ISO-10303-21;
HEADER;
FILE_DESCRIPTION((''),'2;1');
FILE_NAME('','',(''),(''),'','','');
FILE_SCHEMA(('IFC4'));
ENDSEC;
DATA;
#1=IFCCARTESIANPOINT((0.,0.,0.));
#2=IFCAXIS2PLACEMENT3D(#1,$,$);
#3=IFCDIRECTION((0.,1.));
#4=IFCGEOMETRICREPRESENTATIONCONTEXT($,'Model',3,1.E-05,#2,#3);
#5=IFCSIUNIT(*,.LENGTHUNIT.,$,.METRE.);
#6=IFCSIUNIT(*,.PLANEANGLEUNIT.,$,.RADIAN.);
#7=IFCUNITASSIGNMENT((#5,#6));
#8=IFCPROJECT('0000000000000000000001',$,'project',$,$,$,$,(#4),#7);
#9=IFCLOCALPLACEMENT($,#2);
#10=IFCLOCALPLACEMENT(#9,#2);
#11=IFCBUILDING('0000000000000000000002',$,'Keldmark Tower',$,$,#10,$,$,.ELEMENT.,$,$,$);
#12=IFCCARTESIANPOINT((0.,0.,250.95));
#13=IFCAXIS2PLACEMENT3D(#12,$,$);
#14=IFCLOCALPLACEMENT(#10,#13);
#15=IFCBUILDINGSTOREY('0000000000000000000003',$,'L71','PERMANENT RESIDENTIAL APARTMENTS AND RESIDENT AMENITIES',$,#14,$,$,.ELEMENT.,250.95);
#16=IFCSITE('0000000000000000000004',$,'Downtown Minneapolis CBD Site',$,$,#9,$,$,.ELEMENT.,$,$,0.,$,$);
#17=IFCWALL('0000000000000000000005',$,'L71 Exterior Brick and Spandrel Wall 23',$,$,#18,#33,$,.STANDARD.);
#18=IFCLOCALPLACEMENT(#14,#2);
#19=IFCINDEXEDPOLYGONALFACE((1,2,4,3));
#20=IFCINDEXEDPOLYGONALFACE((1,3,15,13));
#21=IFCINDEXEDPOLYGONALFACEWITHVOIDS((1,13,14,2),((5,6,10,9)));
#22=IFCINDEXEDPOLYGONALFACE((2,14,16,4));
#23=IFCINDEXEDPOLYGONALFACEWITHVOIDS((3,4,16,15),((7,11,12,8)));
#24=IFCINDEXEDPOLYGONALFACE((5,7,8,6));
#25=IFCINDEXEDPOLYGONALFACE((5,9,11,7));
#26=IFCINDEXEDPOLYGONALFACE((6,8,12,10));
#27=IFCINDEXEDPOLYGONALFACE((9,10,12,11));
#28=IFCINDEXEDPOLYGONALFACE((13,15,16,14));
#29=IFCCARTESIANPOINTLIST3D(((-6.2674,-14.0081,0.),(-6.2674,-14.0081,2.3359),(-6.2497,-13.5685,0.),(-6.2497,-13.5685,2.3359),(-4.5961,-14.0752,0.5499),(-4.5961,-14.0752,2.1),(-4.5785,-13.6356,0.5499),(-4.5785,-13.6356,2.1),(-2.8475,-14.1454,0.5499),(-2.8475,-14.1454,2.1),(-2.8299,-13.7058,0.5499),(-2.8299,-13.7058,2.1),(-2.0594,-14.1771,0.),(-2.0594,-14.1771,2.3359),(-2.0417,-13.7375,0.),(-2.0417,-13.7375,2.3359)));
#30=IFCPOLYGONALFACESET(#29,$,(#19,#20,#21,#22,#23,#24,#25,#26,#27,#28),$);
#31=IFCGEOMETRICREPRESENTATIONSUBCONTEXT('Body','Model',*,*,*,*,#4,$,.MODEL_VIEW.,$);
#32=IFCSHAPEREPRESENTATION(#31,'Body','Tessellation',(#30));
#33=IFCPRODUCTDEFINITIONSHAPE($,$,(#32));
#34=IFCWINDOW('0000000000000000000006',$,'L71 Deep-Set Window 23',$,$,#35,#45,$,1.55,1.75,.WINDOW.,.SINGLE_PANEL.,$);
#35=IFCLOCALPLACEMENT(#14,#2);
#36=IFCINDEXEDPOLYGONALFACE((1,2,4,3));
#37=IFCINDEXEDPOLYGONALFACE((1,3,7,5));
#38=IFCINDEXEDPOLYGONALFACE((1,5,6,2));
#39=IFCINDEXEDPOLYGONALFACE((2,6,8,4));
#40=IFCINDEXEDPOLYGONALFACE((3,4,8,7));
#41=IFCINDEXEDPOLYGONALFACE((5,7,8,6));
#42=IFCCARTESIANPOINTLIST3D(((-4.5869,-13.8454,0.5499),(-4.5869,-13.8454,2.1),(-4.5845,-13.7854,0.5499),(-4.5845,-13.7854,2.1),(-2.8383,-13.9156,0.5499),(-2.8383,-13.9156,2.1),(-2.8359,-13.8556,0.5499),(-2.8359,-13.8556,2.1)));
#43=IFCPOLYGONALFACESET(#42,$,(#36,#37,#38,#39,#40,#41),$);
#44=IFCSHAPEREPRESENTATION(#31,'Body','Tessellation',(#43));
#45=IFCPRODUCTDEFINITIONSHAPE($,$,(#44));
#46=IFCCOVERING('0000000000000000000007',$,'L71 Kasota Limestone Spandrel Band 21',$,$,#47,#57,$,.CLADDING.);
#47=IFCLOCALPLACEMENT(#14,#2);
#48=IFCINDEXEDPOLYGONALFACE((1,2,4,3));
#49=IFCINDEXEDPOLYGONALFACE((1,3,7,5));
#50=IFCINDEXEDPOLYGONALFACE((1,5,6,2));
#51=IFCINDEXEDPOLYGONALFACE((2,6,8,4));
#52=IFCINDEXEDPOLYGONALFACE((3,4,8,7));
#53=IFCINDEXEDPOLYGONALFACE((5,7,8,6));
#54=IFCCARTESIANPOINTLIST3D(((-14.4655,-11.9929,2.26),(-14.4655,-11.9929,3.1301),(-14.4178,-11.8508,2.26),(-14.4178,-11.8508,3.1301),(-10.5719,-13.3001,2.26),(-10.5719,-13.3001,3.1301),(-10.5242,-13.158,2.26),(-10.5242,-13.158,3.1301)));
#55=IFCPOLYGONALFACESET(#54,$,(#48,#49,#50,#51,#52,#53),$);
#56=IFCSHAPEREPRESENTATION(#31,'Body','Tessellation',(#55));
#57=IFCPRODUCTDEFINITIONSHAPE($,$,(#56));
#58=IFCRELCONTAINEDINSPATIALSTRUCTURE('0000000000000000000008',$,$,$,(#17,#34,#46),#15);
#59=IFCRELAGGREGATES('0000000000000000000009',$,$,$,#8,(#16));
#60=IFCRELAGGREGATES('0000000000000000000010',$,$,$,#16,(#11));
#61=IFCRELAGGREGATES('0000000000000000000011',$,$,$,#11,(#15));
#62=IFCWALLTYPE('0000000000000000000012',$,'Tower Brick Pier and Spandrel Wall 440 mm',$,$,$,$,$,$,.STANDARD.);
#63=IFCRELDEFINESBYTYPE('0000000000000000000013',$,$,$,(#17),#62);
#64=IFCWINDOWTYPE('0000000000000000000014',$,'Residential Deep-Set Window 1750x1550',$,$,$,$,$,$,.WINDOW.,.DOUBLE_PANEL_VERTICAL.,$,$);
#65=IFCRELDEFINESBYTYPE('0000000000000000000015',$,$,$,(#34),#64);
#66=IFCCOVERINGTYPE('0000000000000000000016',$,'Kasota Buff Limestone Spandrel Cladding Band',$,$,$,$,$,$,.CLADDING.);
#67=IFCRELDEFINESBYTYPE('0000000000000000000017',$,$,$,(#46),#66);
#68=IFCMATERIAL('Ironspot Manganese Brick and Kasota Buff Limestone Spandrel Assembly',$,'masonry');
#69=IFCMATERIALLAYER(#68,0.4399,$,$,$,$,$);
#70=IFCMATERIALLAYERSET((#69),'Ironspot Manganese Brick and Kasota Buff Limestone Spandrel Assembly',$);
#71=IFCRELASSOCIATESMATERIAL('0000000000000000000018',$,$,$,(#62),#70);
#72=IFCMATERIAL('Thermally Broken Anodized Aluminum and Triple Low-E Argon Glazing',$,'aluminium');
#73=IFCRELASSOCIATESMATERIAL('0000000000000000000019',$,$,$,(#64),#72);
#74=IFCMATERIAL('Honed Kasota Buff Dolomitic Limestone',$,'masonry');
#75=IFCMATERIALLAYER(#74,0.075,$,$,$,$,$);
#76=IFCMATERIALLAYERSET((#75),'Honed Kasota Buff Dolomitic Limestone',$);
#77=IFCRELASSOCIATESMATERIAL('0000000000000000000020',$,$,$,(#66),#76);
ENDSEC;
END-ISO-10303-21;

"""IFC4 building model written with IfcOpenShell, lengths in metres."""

from ifc_helpers import new_model, si_unit, direction, frame, frame_2d, origin, origin_2d, place, context, subcontext, project, spatial, rectangle, extrude, material, layer, layer_set, type_object, element, fill, save


model = new_model("IFC4")

# Units and contexts
model_context = context("Model", 3, precision=1e-05, world=origin(), true_north=direction((0.0, 1.0)))
body_context = subcontext(model_context, "Body", "Model", "MODEL_VIEW")
ifc_project = project(units=[si_unit("LENGTHUNIT", "METRE"), si_unit("PLANEANGLEUNIT", "RADIAN")], contexts=[model_context])

# Site, building, storey
site_placement = place(None, origin())
site = spatial("IfcSite", under=ifc_project, at=site_placement, Name="Downtown Minneapolis CBD Site", CompositionType="ELEMENT", RefElevation=0.0)
building_placement = place(site_placement, origin())
building = spatial("IfcBuilding", under=site, at=building_placement, Name="Keldmark Tower", CompositionType="ELEMENT")
storey_placement = place(building_placement, frame((0.0, 0.0, 250.95)))
storey = spatial("IfcBuildingStorey", under=building, at=storey_placement, Name="L71", Description="PERMANENT RESIDENTIAL APARTMENTS AND RESIDENT AMENITIES", CompositionType="ELEMENT", Elevation=250.95)

# Wall, opening, window
ifc_material_1 = material(Name="Ironspot Manganese Brick and Kasota Buff Limestone Spandrel Assembly", Category="masonry")
ifc_layer_1 = layer(ifc_material_1, 0.4399)
ifc_layer_set_1 = layer_set([ifc_layer_1], Name="Ironspot Manganese Brick and Kasota Buff Limestone Spandrel Assembly")
wall_type_1 = type_object("IfcWallType", Name="Tower Brick Pier and Spandrel Wall 440 mm", PredefinedType="STANDARD", material=ifc_layer_set_1)
ifc_material_2 = material(Name="Thermally Broken Anodized Aluminum and Triple Low-E Argon Glazing", Category="aluminium")
window_type_1 = type_object("IfcWindowType", Name="Residential Deep-Set Window 1750x1550", PartitioningType="DOUBLE_PANEL_VERTICAL", PredefinedType="WINDOW", material=ifc_material_2)
wall_1_placement = place(storey_placement, frame((-2.0505, -13.9573, 0.0), z_axis=(0.0, 0.0, 1.0), x_axis=(-0.999195, 0.040116, 0.0)))
wall_1 = element("IfcWall", 1, at=wall_1_placement, inside=storey, type_object=wall_type_1, Name="L71 Exterior Brick and Spandrel Wall 23", PredefinedType="STANDARD", context=body_context, shape_type="SweptSolid", body=[
    extrude(rectangle(XDim=4.2114, YDim=0.4399, at=frame_2d((2.1057, 0.0))), origin(), (0.0, 0.0, 1.0), 2.3359),
])
opening_1_placement = place(wall_1_placement, frame((0.7888, 0.0, 0.55)))
opening_1 = element("IfcOpeningElement", 2, at=opening_1_placement, cuts=wall_1, PredefinedType="OPENING", context=body_context, shape_type="SweptSolid", body=[
    extrude(rectangle(XDim=1.75, YDim=1.55, at=frame_2d((0.875, 0.7749))), frame((0.0, 0.23, 0.0), z_axis=(0.0, -1.0, 0.0), x_axis=(1.0, 0.0, 0.0)), (0.0, 0.0, 1.0), 0.46),
])
window_1_placement = place(opening_1_placement, origin())
window_1 = element("IfcWindow", 3, at=window_1_placement, inside=storey, type_object=window_type_1, Name="L71 Deep-Set Window 23", OverallHeight=1.55, OverallWidth=1.75, PartitioningType="SINGLE_PANEL", PredefinedType="WINDOW", context=body_context, shape_type="SweptSolid", body=[
    extrude(rectangle(XDim=1.75, YDim=1.55, at=frame_2d((0.875, 0.7749))), frame((0.0, -0.01, 0.0), z_axis=(0.0, -1.0, 0.0), x_axis=(1.0, 0.0, 0.0)), (0.0, 0.0, 1.0), 0.0601),
])
fill(opening_1, window_1)

# Covering
ifc_material_3 = material(Name="Honed Kasota Buff Dolomitic Limestone", Category="masonry")
ifc_layer_2 = layer(ifc_material_3, 0.075)
ifc_layer_set_2 = layer_set([ifc_layer_2], Name="Honed Kasota Buff Dolomitic Limestone")
covering_type = type_object("IfcCoveringType", Name="Kasota Buff Limestone Spandrel Cladding Band", PredefinedType="CLADDING", material=ifc_layer_set_2)
covering_placement = place(storey_placement, frame((-12.4949, -12.5754, 2.26), z_axis=(0.0, 0.0, 1.0), x_axis=(0.948002, -0.318264, 0.0)))
element("IfcCovering", 4, at=covering_placement, inside=storey, type_object=covering_type, Name="L71 Kasota Limestone Spandrel Band 21", PredefinedType="CLADDING", context=body_context, shape_type="SweptSolid", body=[
    extrude(rectangle(XDim=4.1072, YDim=0.1499, at=origin_2d()), origin(), (0.0, 0.0, 1.0), 0.8701),
])

save(model, "model.ifc")
